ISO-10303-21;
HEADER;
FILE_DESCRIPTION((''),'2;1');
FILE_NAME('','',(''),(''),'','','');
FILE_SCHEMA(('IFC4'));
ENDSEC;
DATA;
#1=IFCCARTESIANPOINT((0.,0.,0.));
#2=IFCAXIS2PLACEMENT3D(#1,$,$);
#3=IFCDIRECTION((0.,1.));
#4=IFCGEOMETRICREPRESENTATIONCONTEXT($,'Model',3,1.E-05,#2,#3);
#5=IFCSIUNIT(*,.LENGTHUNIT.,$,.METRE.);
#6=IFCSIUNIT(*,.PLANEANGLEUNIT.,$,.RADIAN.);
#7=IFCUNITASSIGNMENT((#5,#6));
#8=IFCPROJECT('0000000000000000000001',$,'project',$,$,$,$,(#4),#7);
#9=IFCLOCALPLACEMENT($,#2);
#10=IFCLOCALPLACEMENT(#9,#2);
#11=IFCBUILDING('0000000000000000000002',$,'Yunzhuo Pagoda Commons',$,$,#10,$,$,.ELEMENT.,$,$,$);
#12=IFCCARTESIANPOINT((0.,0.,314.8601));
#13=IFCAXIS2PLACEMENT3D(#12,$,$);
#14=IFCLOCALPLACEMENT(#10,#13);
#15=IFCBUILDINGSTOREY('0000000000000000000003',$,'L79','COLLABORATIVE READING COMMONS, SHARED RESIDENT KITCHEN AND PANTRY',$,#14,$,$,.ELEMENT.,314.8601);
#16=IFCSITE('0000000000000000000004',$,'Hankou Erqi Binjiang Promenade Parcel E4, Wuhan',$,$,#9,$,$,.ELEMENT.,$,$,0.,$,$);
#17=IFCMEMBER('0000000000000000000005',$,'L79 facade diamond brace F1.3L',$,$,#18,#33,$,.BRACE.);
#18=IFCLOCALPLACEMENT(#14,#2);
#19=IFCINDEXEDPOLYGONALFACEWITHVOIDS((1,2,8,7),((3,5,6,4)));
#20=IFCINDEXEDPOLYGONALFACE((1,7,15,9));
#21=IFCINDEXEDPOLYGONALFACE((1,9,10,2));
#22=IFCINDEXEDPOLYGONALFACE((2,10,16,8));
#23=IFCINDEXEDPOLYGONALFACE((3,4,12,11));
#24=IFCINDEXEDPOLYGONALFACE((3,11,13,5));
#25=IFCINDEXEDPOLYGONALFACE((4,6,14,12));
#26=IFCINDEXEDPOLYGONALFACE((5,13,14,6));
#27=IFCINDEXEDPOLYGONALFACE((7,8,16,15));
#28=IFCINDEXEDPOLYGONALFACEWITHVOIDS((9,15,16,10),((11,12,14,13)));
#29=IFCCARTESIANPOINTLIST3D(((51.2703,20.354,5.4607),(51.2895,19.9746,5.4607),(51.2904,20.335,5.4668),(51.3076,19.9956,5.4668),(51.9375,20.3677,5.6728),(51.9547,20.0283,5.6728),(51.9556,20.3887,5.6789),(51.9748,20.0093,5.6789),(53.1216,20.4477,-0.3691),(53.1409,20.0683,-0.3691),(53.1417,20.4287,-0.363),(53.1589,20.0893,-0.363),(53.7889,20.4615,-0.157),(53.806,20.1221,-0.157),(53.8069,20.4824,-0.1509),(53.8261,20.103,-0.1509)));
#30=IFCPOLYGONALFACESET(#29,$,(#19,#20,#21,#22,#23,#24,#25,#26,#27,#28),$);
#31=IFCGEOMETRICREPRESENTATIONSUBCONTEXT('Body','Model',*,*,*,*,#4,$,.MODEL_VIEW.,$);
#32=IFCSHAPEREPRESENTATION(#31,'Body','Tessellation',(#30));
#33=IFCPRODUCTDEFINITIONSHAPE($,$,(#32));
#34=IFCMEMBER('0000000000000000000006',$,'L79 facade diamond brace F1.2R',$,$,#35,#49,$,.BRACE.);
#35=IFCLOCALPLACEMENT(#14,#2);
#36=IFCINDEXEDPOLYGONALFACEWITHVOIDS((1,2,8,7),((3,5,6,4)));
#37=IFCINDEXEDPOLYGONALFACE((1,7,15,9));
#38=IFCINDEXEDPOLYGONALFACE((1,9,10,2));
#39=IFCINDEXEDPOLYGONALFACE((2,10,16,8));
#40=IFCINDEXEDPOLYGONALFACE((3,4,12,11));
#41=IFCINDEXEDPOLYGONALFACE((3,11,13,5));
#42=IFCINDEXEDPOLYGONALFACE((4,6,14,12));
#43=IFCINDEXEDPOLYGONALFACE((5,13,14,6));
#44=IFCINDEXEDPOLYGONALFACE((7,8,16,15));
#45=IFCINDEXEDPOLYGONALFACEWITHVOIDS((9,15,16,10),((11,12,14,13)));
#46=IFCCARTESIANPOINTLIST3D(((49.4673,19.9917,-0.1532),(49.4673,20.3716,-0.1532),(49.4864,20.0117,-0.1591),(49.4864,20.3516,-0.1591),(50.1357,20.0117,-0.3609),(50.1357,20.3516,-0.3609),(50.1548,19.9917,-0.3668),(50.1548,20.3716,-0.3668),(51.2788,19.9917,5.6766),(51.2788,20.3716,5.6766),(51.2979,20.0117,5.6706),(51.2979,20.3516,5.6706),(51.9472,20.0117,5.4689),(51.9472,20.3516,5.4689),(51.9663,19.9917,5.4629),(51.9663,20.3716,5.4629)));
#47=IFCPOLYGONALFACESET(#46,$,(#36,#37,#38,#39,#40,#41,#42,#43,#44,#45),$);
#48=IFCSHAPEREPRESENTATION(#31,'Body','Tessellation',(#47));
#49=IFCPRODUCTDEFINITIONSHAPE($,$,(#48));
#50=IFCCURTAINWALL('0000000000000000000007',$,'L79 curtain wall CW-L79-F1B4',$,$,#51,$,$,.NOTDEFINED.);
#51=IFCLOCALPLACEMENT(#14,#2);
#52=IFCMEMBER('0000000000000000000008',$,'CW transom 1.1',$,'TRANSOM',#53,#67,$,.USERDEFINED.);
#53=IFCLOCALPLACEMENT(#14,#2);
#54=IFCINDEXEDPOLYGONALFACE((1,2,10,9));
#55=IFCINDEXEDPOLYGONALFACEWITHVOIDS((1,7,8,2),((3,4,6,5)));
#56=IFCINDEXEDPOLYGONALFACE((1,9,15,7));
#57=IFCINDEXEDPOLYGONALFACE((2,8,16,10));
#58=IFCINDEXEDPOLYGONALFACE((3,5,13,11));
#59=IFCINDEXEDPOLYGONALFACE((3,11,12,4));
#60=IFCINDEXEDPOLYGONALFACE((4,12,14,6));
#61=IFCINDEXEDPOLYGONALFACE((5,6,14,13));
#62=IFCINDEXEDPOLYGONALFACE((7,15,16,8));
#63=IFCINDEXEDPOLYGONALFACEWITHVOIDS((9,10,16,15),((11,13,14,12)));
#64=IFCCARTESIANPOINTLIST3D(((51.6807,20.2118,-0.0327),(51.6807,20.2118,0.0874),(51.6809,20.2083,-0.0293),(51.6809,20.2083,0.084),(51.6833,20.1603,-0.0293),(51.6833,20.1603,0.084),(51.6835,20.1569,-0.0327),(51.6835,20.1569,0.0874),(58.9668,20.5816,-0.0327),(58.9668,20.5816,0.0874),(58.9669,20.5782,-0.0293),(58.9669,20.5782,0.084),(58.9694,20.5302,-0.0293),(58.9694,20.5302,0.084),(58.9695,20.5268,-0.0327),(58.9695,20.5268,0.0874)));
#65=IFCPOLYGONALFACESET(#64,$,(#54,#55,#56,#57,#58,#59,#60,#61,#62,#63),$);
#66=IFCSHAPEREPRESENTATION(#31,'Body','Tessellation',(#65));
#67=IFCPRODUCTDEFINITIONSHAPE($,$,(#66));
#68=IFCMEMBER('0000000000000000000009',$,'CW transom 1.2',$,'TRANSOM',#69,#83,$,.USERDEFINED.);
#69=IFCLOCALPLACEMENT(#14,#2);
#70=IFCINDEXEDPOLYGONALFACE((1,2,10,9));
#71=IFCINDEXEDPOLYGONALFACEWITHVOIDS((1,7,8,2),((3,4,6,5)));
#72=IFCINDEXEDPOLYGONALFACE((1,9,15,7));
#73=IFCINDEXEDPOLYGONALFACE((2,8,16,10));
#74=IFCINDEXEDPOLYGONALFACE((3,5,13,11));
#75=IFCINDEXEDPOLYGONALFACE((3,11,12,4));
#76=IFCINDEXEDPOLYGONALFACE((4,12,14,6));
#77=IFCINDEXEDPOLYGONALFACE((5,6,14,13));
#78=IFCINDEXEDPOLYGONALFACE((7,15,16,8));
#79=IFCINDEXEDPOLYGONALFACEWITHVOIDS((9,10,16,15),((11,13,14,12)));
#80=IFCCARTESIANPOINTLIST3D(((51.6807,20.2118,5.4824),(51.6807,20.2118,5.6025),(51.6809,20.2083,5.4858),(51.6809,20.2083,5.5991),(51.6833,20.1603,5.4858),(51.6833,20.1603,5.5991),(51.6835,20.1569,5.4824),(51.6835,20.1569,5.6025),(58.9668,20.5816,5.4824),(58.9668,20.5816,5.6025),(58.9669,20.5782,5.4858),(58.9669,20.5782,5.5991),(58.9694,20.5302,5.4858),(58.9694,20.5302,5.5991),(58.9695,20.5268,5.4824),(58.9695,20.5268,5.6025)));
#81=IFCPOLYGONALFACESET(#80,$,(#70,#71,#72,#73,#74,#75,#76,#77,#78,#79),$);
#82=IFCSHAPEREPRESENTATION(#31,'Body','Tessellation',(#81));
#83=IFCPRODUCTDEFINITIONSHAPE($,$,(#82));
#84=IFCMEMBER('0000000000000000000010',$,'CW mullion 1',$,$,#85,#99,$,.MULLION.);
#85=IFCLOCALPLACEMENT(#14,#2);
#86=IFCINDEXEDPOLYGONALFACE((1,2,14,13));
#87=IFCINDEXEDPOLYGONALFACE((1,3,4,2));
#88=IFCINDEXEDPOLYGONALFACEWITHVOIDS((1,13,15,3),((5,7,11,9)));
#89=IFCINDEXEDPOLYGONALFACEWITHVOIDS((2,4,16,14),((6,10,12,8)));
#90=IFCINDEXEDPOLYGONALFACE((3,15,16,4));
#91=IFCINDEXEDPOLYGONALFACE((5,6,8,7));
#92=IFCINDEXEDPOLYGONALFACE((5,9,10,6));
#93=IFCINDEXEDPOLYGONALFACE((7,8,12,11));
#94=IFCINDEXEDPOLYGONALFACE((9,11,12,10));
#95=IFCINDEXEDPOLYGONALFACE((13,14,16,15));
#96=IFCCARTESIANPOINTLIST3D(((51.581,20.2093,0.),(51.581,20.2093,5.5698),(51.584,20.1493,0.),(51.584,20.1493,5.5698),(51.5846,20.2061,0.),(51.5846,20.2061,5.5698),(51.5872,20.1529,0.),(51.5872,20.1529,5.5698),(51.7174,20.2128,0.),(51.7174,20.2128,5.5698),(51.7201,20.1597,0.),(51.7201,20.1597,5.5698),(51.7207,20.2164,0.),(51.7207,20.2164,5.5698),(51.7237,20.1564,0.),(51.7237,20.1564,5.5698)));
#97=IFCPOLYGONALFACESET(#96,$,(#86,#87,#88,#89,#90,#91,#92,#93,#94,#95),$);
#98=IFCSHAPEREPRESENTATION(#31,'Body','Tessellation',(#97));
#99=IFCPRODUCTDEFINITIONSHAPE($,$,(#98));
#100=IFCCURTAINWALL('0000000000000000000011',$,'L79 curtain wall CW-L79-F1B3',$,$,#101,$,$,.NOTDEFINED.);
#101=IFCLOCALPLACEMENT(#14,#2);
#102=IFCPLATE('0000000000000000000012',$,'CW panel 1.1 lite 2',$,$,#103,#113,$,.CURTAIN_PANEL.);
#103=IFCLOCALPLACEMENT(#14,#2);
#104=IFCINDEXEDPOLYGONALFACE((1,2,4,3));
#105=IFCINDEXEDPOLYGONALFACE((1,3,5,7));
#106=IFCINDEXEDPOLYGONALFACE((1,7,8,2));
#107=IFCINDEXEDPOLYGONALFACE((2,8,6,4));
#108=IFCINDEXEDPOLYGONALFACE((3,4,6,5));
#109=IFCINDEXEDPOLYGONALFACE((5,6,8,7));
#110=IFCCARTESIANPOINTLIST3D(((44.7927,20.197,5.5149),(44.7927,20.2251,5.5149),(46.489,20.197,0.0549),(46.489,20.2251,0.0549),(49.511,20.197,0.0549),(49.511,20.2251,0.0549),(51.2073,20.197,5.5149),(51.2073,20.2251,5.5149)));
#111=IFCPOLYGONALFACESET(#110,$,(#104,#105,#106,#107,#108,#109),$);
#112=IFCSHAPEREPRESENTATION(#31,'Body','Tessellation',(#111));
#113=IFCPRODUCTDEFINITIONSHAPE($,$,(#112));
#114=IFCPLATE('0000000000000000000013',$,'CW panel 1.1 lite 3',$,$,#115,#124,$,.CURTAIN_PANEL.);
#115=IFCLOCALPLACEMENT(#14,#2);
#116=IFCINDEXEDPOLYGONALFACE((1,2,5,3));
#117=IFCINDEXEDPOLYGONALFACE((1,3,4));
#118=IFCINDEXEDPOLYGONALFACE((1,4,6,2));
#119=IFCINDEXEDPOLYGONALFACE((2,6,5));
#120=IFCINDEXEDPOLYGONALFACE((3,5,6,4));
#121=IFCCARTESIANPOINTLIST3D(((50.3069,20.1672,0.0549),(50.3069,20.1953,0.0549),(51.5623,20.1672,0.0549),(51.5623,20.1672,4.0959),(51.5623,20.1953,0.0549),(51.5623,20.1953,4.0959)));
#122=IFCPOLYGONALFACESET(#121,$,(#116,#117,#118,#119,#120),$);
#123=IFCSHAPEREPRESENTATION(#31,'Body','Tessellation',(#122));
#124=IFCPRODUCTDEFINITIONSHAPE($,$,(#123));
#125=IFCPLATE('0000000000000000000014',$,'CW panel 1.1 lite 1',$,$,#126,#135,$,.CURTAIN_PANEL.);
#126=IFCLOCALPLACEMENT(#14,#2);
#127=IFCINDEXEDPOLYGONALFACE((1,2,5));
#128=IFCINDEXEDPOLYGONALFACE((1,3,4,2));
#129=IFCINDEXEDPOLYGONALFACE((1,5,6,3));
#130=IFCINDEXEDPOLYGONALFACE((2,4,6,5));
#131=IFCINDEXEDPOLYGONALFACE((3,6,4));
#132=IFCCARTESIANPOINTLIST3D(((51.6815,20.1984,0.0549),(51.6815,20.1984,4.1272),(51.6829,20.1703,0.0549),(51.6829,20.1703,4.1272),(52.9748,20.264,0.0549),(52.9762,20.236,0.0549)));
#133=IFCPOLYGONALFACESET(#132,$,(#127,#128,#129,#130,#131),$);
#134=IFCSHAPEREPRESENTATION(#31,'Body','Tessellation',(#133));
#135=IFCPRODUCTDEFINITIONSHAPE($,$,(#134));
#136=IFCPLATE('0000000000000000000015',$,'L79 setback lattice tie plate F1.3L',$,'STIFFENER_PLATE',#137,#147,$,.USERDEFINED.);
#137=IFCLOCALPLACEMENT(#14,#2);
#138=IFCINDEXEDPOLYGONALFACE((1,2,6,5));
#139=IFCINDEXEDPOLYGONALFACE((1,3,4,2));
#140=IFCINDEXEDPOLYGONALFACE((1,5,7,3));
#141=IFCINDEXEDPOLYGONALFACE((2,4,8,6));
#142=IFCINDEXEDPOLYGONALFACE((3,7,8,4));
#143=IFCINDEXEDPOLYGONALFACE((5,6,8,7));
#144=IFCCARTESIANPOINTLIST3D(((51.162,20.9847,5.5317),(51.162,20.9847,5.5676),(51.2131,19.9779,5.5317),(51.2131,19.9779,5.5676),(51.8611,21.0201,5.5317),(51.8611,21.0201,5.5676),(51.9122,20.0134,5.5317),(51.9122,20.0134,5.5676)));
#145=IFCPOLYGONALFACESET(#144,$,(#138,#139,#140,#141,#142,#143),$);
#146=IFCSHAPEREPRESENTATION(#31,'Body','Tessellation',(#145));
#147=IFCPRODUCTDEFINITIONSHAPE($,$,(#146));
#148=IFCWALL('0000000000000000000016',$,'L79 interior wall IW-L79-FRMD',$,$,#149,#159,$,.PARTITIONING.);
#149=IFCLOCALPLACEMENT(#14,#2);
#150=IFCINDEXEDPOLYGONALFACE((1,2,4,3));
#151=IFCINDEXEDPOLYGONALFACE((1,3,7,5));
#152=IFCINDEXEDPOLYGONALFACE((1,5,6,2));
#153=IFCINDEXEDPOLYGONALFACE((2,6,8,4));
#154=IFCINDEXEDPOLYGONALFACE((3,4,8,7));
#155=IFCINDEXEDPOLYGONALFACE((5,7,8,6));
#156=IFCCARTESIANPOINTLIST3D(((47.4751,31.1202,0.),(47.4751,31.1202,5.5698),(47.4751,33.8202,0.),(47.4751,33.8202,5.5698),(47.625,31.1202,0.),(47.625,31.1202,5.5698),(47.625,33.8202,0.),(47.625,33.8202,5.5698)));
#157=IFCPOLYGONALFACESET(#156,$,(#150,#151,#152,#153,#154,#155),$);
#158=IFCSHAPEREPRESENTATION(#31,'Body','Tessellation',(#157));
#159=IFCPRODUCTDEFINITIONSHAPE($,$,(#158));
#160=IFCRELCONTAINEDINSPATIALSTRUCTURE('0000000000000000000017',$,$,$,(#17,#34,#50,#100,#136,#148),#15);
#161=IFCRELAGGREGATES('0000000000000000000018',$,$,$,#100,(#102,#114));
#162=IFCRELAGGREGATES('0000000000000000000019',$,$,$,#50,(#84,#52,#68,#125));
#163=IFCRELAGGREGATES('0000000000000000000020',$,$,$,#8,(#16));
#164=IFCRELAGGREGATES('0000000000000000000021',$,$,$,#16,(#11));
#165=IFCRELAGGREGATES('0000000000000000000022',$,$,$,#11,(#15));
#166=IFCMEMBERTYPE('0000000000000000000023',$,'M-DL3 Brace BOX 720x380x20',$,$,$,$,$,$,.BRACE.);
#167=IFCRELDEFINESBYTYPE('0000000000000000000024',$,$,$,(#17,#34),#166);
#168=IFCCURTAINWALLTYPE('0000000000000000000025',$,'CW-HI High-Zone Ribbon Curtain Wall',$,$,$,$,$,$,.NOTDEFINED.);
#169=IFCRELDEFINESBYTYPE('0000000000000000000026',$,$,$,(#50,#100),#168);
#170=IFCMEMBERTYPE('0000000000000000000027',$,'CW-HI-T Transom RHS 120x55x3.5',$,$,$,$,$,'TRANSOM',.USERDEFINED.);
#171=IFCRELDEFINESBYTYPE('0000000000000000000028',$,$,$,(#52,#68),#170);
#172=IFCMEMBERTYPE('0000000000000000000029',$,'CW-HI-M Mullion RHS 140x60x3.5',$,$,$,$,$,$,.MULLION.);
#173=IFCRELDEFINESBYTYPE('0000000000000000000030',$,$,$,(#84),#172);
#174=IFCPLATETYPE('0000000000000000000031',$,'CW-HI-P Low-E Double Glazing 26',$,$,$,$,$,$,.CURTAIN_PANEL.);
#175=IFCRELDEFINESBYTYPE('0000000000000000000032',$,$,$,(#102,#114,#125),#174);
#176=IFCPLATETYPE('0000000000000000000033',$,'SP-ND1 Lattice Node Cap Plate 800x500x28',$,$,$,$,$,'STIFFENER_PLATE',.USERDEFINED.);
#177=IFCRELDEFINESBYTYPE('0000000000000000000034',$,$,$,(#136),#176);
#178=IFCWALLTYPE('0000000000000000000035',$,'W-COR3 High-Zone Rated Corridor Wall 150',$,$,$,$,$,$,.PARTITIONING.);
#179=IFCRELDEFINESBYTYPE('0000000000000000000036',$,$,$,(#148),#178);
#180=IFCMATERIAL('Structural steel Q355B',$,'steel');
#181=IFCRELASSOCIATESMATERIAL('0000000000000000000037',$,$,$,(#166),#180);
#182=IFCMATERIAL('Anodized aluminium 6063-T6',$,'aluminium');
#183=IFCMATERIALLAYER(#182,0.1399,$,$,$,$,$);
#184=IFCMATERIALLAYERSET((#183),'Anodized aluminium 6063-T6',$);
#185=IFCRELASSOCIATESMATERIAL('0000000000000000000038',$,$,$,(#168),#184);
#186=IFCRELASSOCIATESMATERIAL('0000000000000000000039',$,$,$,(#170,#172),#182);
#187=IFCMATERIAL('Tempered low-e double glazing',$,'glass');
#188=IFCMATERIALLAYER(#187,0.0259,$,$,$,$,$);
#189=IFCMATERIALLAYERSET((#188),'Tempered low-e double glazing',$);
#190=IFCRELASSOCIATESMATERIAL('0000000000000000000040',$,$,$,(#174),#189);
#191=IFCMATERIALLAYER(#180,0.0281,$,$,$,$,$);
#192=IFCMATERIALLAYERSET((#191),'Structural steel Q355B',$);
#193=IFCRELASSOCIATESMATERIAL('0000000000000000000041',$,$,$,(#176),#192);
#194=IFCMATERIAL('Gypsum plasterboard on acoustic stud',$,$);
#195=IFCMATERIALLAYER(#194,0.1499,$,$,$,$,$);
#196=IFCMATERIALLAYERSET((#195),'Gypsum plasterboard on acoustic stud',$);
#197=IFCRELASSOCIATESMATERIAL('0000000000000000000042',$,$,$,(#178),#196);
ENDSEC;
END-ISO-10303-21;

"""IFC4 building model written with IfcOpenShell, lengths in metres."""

from ifc_helpers import new_model, si_unit, direction, frame, frame_2d, origin, origin_2d, place, context, subcontext, project, spatial, polyline, rectangle, hollow_rectangle, outline, extrude, source, transform, mapped, material, layer, layer_set, material_profile, profile_set, type_object, element, aggregate, save


model = new_model("IFC4")

# Units and contexts
model_context = context("Model", 3, precision=1e-05, world=origin(), true_north=direction((0.0, 1.0)))
body_context = subcontext(model_context, "Body", "Model", "MODEL_VIEW")
ifc_project = project(units=[si_unit("LENGTHUNIT", "METRE"), si_unit("PLANEANGLEUNIT", "RADIAN")], contexts=[model_context])

# Site, building, storey
site_placement = place(None, origin())
site = spatial("IfcSite", under=ifc_project, at=site_placement, Name="Hankou Erqi Binjiang Promenade Parcel E4, Wuhan", CompositionType="ELEMENT", RefElevation=0.0)
building_placement = place(site_placement, origin())
building = spatial("IfcBuilding", under=site, at=building_placement, Name="Yunzhuo Pagoda Commons", CompositionType="ELEMENT")
storey_placement = place(building_placement, frame((0.0, 0.0, 314.8601)))
storey = spatial("IfcBuildingStorey", under=building, at=storey_placement, Name="L79", Description="COLLABORATIVE READING COMMONS, SHARED RESIDENT KITCHEN AND PANTRY", CompositionType="ELEMENT", Elevation=314.8601)

# Shared definitions
ifc_material_1 = material(Name="Structural steel Q355B", Category="steel")

# Members
ifc_material_profile_1 = material_profile(ifc_material_1, hollow_rectangle(XDim=0.3799, YDim=0.72, WallThickness=0.02, at=origin_2d()), Name="Structural steel Q355B")
ifc_profile_set_1 = profile_set([ifc_material_profile_1], Name="Structural steel Q355B")
member_type_1 = type_object("IfcMemberType", Name="M-DL3 Brace BOX 720x380x20", PredefinedType="BRACE", material=ifc_profile_set_1)
shared_shape_1 = source(origin(), body_context, "Body", "SweptSolid", [
    extrude(hollow_rectangle(XDim=0.3799, YDim=0.72, WallThickness=0.02, at=origin_2d()), origin(), (0.0, 0.0, 1.0), 6.1174),
])
member_1_placement = place(storey_placement, frame((53.4739, 20.2754, -0.26), z_axis=(-0.302629, -0.015325, 0.952985), x_axis=(0.050575, -0.99872, 0.0)))
element("IfcMember", 1, at=member_1_placement, inside=storey, type_object=member_type_1, Name="L79 facade diamond brace F1.3L", PredefinedType="BRACE", context=body_context, shape_type="MappedRepresentation", body=[
    mapped(shared_shape_1, transform((0.0, 0.0, 0.0), scale=1.0)),
])
shared_shape_2 = source(origin(), body_context, "Body", "SweptSolid", [
    extrude(hollow_rectangle(XDim=0.3799, YDim=0.72, WallThickness=0.02, at=origin_2d()), origin(), (0.0, 0.0, 1.0), 6.1047),
])
member_2_placement = place(storey_placement, frame((49.811, 20.1816, -0.26), z_axis=(0.296738, 0.0, 0.954959), x_axis=(0.0, 1.0, 0.0)))
element("IfcMember", 2, at=member_2_placement, inside=storey, type_object=member_type_1, Name="L79 facade diamond brace F1.2R", PredefinedType="BRACE", context=body_context, shape_type="MappedRepresentation", body=[
    mapped(shared_shape_2, transform((0.0, 0.0, 0.0), scale=1.0)),
])

# Curtain wall, members
ifc_material_2 = material(Name="Anodized aluminium 6063-T6", Category="aluminium")
ifc_layer_1 = layer(ifc_material_2, 0.1399)
ifc_layer_set_1 = layer_set([ifc_layer_1], Name="Anodized aluminium 6063-T6")
curtain_wall_type = type_object("IfcCurtainWallType", Name="CW-HI High-Zone Ribbon Curtain Wall", PredefinedType="NOTDEFINED", material=ifc_layer_set_1)
curtain_wall_1_placement = place(storey_placement, origin())
curtain_wall_1 = element("IfcCurtainWall", 3, at=curtain_wall_1_placement, inside=storey, type_object=curtain_wall_type, Name="L79 curtain wall CW-L79-F1B4", PredefinedType="NOTDEFINED")
ifc_material_profile_2 = material_profile(ifc_material_2, hollow_rectangle(XDim=0.0549, YDim=0.1201, WallThickness=0.0034, at=origin_2d()), Name="Anodized aluminium 6063-T6")
ifc_profile_set_2 = profile_set([ifc_material_profile_2], Name="Anodized aluminium 6063-T6")
member_type_2 = type_object("IfcMemberType", Name="CW-HI-T Transom RHS 120x55x3.5", ElementType="TRANSOM", PredefinedType="USERDEFINED", material=ifc_profile_set_2)
shared_shape_3 = source(origin(), body_context, "Body", "SweptSolid", [
    extrude(hollow_rectangle(XDim=0.0549, YDim=0.1201, WallThickness=0.0034, at=origin_2d()), origin(), (0.0, 0.0, 1.0), 7.2954),
])
member_3_placement = place(storey_placement, frame((51.6821, 20.1843, 0.0273), z_axis=(0.998714, 0.050699, 0.0), x_axis=(-0.050699, 0.998714, 0.0)))
member_3 = element("IfcMember", 4, at=member_3_placement, type_object=member_type_2, Name="CW transom 1.1", ObjectType="TRANSOM", PredefinedType="USERDEFINED", context=body_context, shape_type="MappedRepresentation", body=[
    mapped(shared_shape_3, transform((0.0, 0.0, 0.0), scale=1.0)),
])
member_4_placement = place(storey_placement, frame((51.6821, 20.1843, 5.5425), z_axis=(0.998714, 0.050699, 0.0), x_axis=(-0.050699, 0.998714, 0.0)))
member_4 = element("IfcMember", 5, at=member_4_placement, type_object=member_type_2, Name="CW transom 1.2", ObjectType="TRANSOM", PredefinedType="USERDEFINED", context=body_context, shape_type="MappedRepresentation", body=[
    mapped(shared_shape_3, transform((0.0, 0.0, 0.0), scale=1.0)),
])
ifc_material_profile_3 = material_profile(ifc_material_2, hollow_rectangle(XDim=0.0601, YDim=0.1399, WallThickness=0.0034, at=origin_2d()), Name="Anodized aluminium 6063-T6")
ifc_profile_set_3 = profile_set([ifc_material_profile_3], Name="Anodized aluminium 6063-T6")
member_type_3 = type_object("IfcMemberType", Name="CW-HI-M Mullion RHS 140x60x3.5", PredefinedType="MULLION", material=ifc_profile_set_3)
shared_shape_4 = source(origin(), body_context, "Body", "SweptSolid", [
    extrude(hollow_rectangle(XDim=0.0601, YDim=0.1399, WallThickness=0.0034, at=origin_2d()), origin(), (0.0, 0.0, 1.0), 5.5698),
])
member_5_placement = place(storey_placement, frame((51.6523, 20.1829, 0.0), z_axis=(0.0, 0.0, 1.0), x_axis=(-0.050692, 0.998714, 0.0)))
member_5 = element("IfcMember", 6, at=member_5_placement, type_object=member_type_3, Name="CW mullion 1", PredefinedType="MULLION", context=body_context, shape_type="MappedRepresentation", body=[
    mapped(shared_shape_4, transform((0.0, 0.0, 0.0), scale=1.0)),
])

# Curtain wall, plates
curtain_wall_2_placement = place(storey_placement, origin())
curtain_wall_2 = element("IfcCurtainWall", 7, at=curtain_wall_2_placement, inside=storey, type_object=curtain_wall_type, Name="L79 curtain wall CW-L79-F1B3", PredefinedType="NOTDEFINED")
ifc_material_3 = material(Name="Tempered low-e double glazing", Category="glass")
ifc_layer_2 = layer(ifc_material_3, 0.0259)
ifc_layer_set_2 = layer_set([ifc_layer_2], Name="Tempered low-e double glazing")
plate_type_1 = type_object("IfcPlateType", Name="CW-HI-P Low-E Double Glazing 26", PredefinedType="CURTAIN_PANEL", material=ifc_layer_set_2)
plate_1_placement = place(storey_placement, frame((48.0, 20.2251, 2.7849), z_axis=(0.0, -1.0, 0.0), x_axis=(1.0, 0.0, 0.0)))
plate_1 = element("IfcPlate", 8, at=plate_1_placement, type_object=plate_type_1, Name="CW panel 1.1 lite 2", PredefinedType="CURTAIN_PANEL", context=body_context, shape_type="SweptSolid", body=[
    extrude(outline(polyline([(-3.2073, 2.73), (-1.511, -2.73), (1.511, -2.73), (3.2073, 2.73), (-3.2073, 2.73)])), origin(), (0.0, 0.0, 1.0), 0.0281),
])
plate_2_placement = place(storey_placement, frame((50.9346, 20.1953, 2.0754), z_axis=(0.0, -1.0, 0.0), x_axis=(1.0, 0.0, 0.0)))
plate_2 = element("IfcPlate", 9, at=plate_2_placement, type_object=plate_type_1, Name="CW panel 1.1 lite 3", PredefinedType="CURTAIN_PANEL", context=body_context, shape_type="SweptSolid", body=[
    extrude(outline(polyline([(-0.6277, -2.0205), (0.6277, -2.0205), (0.6277, 2.0205), (-0.6277, -2.0205)])), origin(), (0.0, 0.0, 1.0), 0.0281),
])
aggregate(curtain_wall_2, [plate_1, plate_2])

# Plates
plate_3_placement = place(storey_placement, frame((52.3281, 20.2312, 2.0911), z_axis=(0.050692, -0.998714, 0.0), x_axis=(0.998714, 0.050692, 0.0)))
plate_3 = element("IfcPlate", 10, at=plate_3_placement, type_object=plate_type_1, Name="CW panel 1.1 lite 1", PredefinedType="CURTAIN_PANEL", context=body_context, shape_type="SweptSolid", body=[
    extrude(outline(polyline([(-0.6475, -2.0361), (0.6475, -2.0361), (-0.6475, 2.0361), (-0.6475, -2.0361)])), origin(), (0.0, 0.0, 1.0), 0.0281),
])
aggregate(curtain_wall_1, [member_5, member_3, member_4, plate_3])
ifc_layer_3 = layer(ifc_material_1, 0.0281)
ifc_layer_set_3 = layer_set([ifc_layer_3], Name="Structural steel Q355B")
plate_type_2 = type_object("IfcPlateType", Name="SP-ND1 Lattice Node Cap Plate 800x500x28", ElementType="STIFFENER_PLATE", PredefinedType="USERDEFINED", material=ifc_layer_set_3)
shared_shape_5 = source(origin(), body_context, "Body", "SweptSolid", [
    extrude(rectangle(XDim=0.7, YDim=1.0081, at=origin_2d()), origin(), (0.0, 0.0, 1.0), 0.0359),
])
plate_4_placement = place(storey_placement, frame((51.5371, 20.499, 5.5317), z_axis=(0.0, 0.0, 1.0), x_axis=(0.998714, 0.050698, 0.0)))
element("IfcPlate", 11, at=plate_4_placement, inside=storey, type_object=plate_type_2, Name="L79 setback lattice tie plate F1.3L", ObjectType="STIFFENER_PLATE", PredefinedType="USERDEFINED", context=body_context, shape_type="MappedRepresentation", body=[
    mapped(shared_shape_5, transform((0.0, 0.0, 0.0), scale=1.0)),
])

# Wall
ifc_material_4 = material(Name="Gypsum plasterboard on acoustic stud")
ifc_layer_4 = layer(ifc_material_4, 0.1499)
ifc_layer_set_4 = layer_set([ifc_layer_4], Name="Gypsum plasterboard on acoustic stud")
wall_type_1 = type_object("IfcWallType", Name="W-COR3 High-Zone Rated Corridor Wall 150", PredefinedType="PARTITIONING", material=ifc_layer_set_4)
wall_1_placement = place(storey_placement, frame((47.55, 31.1201, 0.0), z_axis=(0.0, 0.0, 1.0), x_axis=(0.0, 1.0, 0.0)))
element("IfcWall", 12, at=wall_1_placement, inside=storey, type_object=wall_type_1, Name="L79 interior wall IW-L79-FRMD", PredefinedType="PARTITIONING", context=body_context, shape_type="SweptSolid", body=[
    extrude(rectangle(XDim=2.7, YDim=0.1499, at=frame_2d((1.3501, 0.0))), origin(), (0.0, 0.0, 1.0), 5.5698),
])

save(model, "model.ifc")
